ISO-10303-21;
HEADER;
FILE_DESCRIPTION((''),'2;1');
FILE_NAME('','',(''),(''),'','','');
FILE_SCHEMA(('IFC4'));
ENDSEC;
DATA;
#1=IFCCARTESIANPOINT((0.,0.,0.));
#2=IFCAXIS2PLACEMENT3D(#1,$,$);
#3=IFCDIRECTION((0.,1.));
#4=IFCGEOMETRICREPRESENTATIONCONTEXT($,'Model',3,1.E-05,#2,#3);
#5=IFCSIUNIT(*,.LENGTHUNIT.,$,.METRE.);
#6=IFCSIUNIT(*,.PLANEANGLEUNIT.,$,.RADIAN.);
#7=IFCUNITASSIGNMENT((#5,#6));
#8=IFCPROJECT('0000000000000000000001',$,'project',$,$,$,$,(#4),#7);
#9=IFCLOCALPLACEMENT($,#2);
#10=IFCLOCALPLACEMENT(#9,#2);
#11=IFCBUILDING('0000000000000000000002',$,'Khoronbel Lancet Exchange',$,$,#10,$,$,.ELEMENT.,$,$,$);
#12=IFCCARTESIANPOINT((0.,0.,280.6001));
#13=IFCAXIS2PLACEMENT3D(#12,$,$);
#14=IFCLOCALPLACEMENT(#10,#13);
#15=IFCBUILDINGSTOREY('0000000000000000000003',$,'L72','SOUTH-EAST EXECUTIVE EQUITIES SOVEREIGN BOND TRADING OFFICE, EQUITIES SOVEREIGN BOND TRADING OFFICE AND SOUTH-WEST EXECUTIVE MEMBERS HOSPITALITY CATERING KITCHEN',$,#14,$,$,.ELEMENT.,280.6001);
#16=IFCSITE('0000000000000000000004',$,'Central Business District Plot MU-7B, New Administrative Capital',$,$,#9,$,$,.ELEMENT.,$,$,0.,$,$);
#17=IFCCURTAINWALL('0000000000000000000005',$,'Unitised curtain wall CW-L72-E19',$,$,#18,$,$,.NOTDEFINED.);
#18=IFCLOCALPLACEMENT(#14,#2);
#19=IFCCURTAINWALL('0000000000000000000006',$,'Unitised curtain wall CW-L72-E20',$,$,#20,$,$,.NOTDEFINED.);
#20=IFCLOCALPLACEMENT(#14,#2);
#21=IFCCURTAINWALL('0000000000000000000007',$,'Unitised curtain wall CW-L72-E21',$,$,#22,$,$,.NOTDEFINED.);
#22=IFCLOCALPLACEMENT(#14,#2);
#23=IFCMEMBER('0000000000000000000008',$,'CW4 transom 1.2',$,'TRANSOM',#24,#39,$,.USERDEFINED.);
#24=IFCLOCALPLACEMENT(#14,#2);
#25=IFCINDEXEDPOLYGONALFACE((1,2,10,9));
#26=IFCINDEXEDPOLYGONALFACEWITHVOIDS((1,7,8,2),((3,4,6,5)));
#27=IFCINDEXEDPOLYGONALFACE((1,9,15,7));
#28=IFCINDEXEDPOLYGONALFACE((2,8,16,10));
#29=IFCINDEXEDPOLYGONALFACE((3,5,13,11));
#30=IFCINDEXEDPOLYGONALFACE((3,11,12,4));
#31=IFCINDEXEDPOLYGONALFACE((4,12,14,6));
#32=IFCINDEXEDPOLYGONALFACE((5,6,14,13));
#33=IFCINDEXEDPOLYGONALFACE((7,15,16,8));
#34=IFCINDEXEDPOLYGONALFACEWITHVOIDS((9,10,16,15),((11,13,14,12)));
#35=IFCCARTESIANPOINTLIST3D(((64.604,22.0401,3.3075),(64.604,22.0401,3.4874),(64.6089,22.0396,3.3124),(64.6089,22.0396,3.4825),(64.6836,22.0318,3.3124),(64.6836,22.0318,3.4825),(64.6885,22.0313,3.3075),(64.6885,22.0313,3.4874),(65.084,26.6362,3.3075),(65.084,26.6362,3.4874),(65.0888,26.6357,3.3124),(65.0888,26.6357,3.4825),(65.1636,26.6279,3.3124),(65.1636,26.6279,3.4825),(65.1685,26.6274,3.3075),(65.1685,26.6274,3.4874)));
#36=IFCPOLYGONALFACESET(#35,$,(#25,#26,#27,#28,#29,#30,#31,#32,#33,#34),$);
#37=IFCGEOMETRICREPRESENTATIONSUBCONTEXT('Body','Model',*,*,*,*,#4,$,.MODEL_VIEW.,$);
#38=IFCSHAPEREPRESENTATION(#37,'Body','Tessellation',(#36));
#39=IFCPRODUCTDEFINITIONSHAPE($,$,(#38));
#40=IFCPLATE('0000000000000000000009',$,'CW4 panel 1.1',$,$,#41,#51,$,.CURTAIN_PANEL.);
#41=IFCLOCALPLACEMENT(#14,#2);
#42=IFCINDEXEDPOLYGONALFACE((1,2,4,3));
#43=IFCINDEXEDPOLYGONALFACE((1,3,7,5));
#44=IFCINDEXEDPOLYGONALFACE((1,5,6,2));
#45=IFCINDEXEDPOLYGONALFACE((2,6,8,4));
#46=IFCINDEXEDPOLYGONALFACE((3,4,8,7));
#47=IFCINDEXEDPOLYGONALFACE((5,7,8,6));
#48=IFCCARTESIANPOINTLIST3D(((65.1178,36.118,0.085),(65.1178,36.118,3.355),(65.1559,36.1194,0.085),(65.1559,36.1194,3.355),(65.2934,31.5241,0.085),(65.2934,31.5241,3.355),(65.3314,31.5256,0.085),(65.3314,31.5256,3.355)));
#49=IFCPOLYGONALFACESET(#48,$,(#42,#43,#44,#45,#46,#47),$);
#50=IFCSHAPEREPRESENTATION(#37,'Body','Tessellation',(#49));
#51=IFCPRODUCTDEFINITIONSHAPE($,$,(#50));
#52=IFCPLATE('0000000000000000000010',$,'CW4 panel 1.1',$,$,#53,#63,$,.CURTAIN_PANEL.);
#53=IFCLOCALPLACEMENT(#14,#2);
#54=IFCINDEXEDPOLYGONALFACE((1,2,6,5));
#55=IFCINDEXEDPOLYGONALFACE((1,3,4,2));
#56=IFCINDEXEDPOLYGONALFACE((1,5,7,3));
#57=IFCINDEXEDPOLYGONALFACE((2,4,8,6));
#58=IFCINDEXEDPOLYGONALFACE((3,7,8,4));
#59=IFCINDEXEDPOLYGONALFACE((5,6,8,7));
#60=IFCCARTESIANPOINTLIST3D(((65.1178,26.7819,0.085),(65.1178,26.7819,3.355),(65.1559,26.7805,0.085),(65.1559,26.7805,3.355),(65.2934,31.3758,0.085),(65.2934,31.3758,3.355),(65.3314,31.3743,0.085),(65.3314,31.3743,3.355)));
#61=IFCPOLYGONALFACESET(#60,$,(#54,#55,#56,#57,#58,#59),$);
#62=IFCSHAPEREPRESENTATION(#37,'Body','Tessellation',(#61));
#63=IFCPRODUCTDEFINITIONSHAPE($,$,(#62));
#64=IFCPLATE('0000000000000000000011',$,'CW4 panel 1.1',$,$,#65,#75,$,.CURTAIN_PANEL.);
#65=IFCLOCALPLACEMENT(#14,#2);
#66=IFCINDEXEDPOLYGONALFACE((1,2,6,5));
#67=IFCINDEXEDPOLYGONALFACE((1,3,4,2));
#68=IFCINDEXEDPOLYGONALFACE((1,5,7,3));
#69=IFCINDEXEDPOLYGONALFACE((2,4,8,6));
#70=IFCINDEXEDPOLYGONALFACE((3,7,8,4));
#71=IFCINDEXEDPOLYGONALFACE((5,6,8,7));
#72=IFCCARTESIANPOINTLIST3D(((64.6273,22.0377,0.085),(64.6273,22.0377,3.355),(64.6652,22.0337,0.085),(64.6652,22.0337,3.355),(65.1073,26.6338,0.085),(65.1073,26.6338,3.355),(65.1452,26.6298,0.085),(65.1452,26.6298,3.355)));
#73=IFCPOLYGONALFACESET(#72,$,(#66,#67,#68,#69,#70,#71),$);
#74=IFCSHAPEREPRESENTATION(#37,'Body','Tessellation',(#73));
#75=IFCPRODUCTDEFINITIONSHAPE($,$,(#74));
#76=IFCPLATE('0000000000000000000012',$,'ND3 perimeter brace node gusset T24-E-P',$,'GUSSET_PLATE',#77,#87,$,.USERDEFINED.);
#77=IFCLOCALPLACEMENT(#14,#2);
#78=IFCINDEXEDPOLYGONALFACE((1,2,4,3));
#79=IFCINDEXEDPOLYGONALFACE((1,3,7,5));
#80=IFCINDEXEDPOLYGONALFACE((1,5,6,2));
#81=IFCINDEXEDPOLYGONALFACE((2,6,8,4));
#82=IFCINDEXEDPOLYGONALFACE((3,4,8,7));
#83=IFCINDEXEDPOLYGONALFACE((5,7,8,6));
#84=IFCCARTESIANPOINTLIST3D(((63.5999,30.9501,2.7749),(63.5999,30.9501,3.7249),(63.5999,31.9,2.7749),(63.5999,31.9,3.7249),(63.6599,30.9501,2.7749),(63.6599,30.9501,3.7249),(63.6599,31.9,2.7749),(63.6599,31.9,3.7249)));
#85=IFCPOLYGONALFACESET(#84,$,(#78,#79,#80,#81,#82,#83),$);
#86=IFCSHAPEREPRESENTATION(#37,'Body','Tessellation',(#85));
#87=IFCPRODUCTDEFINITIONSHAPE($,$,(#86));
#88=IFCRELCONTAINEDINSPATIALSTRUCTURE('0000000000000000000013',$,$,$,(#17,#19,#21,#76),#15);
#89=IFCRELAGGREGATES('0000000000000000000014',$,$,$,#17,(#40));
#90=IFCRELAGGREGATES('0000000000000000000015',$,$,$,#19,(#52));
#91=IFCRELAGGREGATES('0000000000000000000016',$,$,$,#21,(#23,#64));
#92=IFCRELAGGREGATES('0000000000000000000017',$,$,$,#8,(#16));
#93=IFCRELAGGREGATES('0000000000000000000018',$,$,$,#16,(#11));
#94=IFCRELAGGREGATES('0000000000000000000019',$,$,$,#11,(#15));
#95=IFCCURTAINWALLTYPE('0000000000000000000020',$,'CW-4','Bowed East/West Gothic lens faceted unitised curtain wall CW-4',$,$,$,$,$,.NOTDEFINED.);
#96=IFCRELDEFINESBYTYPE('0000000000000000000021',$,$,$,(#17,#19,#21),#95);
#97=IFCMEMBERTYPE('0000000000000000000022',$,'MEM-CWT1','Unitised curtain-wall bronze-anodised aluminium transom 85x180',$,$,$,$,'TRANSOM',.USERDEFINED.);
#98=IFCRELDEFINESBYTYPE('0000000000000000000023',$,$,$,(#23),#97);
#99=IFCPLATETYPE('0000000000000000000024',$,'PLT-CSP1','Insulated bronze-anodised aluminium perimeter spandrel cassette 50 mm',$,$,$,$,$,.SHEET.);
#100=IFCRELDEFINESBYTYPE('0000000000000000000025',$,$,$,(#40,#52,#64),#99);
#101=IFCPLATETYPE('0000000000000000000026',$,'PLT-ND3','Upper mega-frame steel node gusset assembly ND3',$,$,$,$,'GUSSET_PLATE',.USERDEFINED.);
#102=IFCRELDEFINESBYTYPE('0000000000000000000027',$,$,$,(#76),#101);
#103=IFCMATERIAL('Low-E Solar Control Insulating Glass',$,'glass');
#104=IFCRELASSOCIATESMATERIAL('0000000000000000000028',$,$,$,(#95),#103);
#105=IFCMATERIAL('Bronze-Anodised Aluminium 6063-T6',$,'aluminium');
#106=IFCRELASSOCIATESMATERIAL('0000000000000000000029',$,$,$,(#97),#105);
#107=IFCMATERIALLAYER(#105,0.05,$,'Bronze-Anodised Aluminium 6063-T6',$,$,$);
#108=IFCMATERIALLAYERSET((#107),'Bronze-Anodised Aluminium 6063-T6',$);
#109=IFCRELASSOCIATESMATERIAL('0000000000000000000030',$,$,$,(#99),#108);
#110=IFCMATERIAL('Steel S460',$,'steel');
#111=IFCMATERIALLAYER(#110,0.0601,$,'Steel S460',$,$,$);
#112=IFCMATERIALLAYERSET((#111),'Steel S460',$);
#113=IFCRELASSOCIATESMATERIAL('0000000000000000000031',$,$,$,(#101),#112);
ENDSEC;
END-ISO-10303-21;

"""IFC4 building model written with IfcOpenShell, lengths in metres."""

from ifc_helpers import new_model, si_unit, direction, frame, origin, origin_2d, place, context, subcontext, project, spatial, rectangle, hollow_rectangle, extrude, material, layer, layer_set, material_profile, profile_set, type_object, element, aggregate, save


model = new_model("IFC4")

# Units and contexts
model_context = context("Model", 3, precision=1e-05, world=origin(), true_north=direction((0.0, 1.0)))
body_context = subcontext(model_context, "Body", "Model", "MODEL_VIEW")
ifc_project = project(units=[si_unit("LENGTHUNIT", "METRE"), si_unit("PLANEANGLEUNIT", "RADIAN")], contexts=[model_context])

# Site, building, storey
site_placement = place(None, origin())
site = spatial("IfcSite", under=ifc_project, at=site_placement, Name="Central Business District Plot MU-7B, New Administrative Capital", CompositionType="ELEMENT", RefElevation=0.0)
building_placement = place(site_placement, origin())
building = spatial("IfcBuilding", under=site, at=building_placement, Name="Khoronbel Lancet Exchange", CompositionType="ELEMENT")
storey_placement = place(building_placement, frame((0.0, 0.0, 280.6001)))
storey = spatial("IfcBuildingStorey", under=building, at=storey_placement, Name="L72", Description="SOUTH-EAST EXECUTIVE EQUITIES SOVEREIGN BOND TRADING OFFICE, EQUITIES SOVEREIGN BOND TRADING OFFICE AND SOUTH-WEST EXECUTIVE MEMBERS HOSPITALITY CATERING KITCHEN", CompositionType="ELEMENT", Elevation=280.6001)

# Curtain wall
ifc_material_1 = material(Name="Low-E Solar Control Insulating Glass", Category="glass")
curtain_wall_type = type_object("IfcCurtainWallType", Name="CW-4", Description="Bowed East/West Gothic lens faceted unitised curtain wall CW-4", PredefinedType="NOTDEFINED", material=ifc_material_1)
curtain_wall_1_placement = place(storey_placement, origin())
curtain_wall_1 = element("IfcCurtainWall", 1, at=curtain_wall_1_placement, inside=storey, type_object=curtain_wall_type, Name="Unitised curtain wall CW-L72-E19", PredefinedType="NOTDEFINED")
ifc_material_2 = material(Name="Bronze-Anodised Aluminium 6063-T6", Category="aluminium")

# Curtain wall
curtain_wall_2_placement = place(storey_placement, origin())
curtain_wall_2 = element("IfcCurtainWall", 2, at=curtain_wall_2_placement, inside=storey, type_object=curtain_wall_type, Name="Unitised curtain wall CW-L72-E20", PredefinedType="NOTDEFINED")

# Curtain wall
curtain_wall_3_placement = place(storey_placement, origin())
curtain_wall_3 = element("IfcCurtainWall", 3, at=curtain_wall_3_placement, inside=storey, type_object=curtain_wall_type, Name="Unitised curtain wall CW-L72-E21", PredefinedType="NOTDEFINED")

# Member
ifc_material_profile_1 = material_profile(ifc_material_2, hollow_rectangle(XDim=0.085, YDim=0.1799, WallThickness=0.0049, at=origin_2d()), Name="ALU TRANSOM 85x180")
ifc_profile_set_1 = profile_set([ifc_material_profile_1], Name="Bronze-Anodised Aluminium 6063-T6")
member_type_1 = type_object("IfcMemberType", Name="MEM-CWT1", Description="Unitised curtain-wall bronze-anodised aluminium transom 85x180", ElementType="TRANSOM", PredefinedType="USERDEFINED", material=ifc_profile_set_1)
member_1_placement = place(storey_placement, frame((65.1262, 26.6318, 3.3975), z_axis=(-0.103865, -0.994591, 0.0), x_axis=(0.994591, -0.103865, 0.0)))
member_1 = element("IfcMember", 4, at=member_1_placement, type_object=member_type_1, Name="CW4 transom 1.2", ObjectType="TRANSOM", PredefinedType="USERDEFINED", context=body_context, shape_type="SweptSolid", body=[
    extrude(hollow_rectangle(XDim=0.085, YDim=0.1799, WallThickness=0.0049, at=origin_2d()), origin(), (0.0, 0.0, 1.0), 4.6211),
])

# Plates
ifc_layer_1 = layer(ifc_material_2, 0.05, Name="Bronze-Anodised Aluminium 6063-T6")
ifc_layer_set_1 = layer_set([ifc_layer_1], Name="Bronze-Anodised Aluminium 6063-T6")
plate_type_1 = type_object("IfcPlateType", Name="PLT-CSP1", Description="Insulated bronze-anodised aluminium perimeter spandrel cassette 50 mm", PredefinedType="SHEET", material=ifc_layer_set_1)
plate_1_placement = place(storey_placement, frame((65.2246, 33.8218, 0.085), z_axis=(0.0, 0.0, 1.0), x_axis=(0.038192, -0.99927, 0.0)))
plate_1 = element("IfcPlate", 5, at=plate_1_placement, type_object=plate_type_1, Name="CW4 panel 1.1", PredefinedType="CURTAIN_PANEL", context=body_context, shape_type="SweptSolid", body=[
    extrude(rectangle(XDim=4.5972, YDim=0.0381, at=origin_2d()), origin(), (0.0, 0.0, 1.0), 3.27),
])
aggregate(curtain_wall_1, [plate_1])
plate_2_placement = place(storey_placement, frame((65.2246, 29.0781, 0.085), z_axis=(0.0, 0.0, 1.0), x_axis=(-0.038192, -0.99927, 0.0)))
plate_2 = element("IfcPlate", 6, at=plate_2_placement, type_object=plate_type_1, Name="CW4 panel 1.1", PredefinedType="CURTAIN_PANEL", context=body_context, shape_type="SweptSolid", body=[
    extrude(rectangle(XDim=4.5972, YDim=0.0381, at=origin_2d()), origin(), (0.0, 0.0, 1.0), 3.27),
])
aggregate(curtain_wall_2, [plate_2])
plate_3_placement = place(storey_placement, frame((64.8862, 24.3337, 0.085), z_axis=(0.0, 0.0, 1.0), x_axis=(-0.103873, -0.994591, 0.0)))
plate_3 = element("IfcPlate", 7, at=plate_3_placement, type_object=plate_type_1, Name="CW4 panel 1.1", PredefinedType="CURTAIN_PANEL", context=body_context, shape_type="SweptSolid", body=[
    extrude(rectangle(XDim=4.6211, YDim=0.0381, at=origin_2d()), origin(), (0.0, 0.0, 1.0), 3.27),
])
aggregate(curtain_wall_3, [member_1, plate_3])
ifc_material_3 = material(Name="Steel S460", Category="steel")
ifc_layer_2 = layer(ifc_material_3, 0.0601, Name="Steel S460")
ifc_layer_set_2 = layer_set([ifc_layer_2], Name="Steel S460")
plate_type_2 = type_object("IfcPlateType", Name="PLT-ND3", Description="Upper mega-frame steel node gusset assembly ND3", ElementType="GUSSET_PLATE", PredefinedType="USERDEFINED", material=ifc_layer_set_2)
plate_4_placement = place(storey_placement, frame((63.6299, 31.425, 2.7749), z_axis=(0.0, 0.0, 1.0), x_axis=(0.0, 1.0, 0.0)))
element("IfcPlate", 8, at=plate_4_placement, inside=storey, type_object=plate_type_2, Name="ND3 perimeter brace node gusset T24-E-P", ObjectType="GUSSET_PLATE", PredefinedType="USERDEFINED", context=body_context, shape_type="SweptSolid", body=[
    extrude(rectangle(XDim=0.95, YDim=0.0601, at=origin_2d()), origin(), (0.0, 0.0, 1.0), 0.95),
])

save(model, "model.ifc")
